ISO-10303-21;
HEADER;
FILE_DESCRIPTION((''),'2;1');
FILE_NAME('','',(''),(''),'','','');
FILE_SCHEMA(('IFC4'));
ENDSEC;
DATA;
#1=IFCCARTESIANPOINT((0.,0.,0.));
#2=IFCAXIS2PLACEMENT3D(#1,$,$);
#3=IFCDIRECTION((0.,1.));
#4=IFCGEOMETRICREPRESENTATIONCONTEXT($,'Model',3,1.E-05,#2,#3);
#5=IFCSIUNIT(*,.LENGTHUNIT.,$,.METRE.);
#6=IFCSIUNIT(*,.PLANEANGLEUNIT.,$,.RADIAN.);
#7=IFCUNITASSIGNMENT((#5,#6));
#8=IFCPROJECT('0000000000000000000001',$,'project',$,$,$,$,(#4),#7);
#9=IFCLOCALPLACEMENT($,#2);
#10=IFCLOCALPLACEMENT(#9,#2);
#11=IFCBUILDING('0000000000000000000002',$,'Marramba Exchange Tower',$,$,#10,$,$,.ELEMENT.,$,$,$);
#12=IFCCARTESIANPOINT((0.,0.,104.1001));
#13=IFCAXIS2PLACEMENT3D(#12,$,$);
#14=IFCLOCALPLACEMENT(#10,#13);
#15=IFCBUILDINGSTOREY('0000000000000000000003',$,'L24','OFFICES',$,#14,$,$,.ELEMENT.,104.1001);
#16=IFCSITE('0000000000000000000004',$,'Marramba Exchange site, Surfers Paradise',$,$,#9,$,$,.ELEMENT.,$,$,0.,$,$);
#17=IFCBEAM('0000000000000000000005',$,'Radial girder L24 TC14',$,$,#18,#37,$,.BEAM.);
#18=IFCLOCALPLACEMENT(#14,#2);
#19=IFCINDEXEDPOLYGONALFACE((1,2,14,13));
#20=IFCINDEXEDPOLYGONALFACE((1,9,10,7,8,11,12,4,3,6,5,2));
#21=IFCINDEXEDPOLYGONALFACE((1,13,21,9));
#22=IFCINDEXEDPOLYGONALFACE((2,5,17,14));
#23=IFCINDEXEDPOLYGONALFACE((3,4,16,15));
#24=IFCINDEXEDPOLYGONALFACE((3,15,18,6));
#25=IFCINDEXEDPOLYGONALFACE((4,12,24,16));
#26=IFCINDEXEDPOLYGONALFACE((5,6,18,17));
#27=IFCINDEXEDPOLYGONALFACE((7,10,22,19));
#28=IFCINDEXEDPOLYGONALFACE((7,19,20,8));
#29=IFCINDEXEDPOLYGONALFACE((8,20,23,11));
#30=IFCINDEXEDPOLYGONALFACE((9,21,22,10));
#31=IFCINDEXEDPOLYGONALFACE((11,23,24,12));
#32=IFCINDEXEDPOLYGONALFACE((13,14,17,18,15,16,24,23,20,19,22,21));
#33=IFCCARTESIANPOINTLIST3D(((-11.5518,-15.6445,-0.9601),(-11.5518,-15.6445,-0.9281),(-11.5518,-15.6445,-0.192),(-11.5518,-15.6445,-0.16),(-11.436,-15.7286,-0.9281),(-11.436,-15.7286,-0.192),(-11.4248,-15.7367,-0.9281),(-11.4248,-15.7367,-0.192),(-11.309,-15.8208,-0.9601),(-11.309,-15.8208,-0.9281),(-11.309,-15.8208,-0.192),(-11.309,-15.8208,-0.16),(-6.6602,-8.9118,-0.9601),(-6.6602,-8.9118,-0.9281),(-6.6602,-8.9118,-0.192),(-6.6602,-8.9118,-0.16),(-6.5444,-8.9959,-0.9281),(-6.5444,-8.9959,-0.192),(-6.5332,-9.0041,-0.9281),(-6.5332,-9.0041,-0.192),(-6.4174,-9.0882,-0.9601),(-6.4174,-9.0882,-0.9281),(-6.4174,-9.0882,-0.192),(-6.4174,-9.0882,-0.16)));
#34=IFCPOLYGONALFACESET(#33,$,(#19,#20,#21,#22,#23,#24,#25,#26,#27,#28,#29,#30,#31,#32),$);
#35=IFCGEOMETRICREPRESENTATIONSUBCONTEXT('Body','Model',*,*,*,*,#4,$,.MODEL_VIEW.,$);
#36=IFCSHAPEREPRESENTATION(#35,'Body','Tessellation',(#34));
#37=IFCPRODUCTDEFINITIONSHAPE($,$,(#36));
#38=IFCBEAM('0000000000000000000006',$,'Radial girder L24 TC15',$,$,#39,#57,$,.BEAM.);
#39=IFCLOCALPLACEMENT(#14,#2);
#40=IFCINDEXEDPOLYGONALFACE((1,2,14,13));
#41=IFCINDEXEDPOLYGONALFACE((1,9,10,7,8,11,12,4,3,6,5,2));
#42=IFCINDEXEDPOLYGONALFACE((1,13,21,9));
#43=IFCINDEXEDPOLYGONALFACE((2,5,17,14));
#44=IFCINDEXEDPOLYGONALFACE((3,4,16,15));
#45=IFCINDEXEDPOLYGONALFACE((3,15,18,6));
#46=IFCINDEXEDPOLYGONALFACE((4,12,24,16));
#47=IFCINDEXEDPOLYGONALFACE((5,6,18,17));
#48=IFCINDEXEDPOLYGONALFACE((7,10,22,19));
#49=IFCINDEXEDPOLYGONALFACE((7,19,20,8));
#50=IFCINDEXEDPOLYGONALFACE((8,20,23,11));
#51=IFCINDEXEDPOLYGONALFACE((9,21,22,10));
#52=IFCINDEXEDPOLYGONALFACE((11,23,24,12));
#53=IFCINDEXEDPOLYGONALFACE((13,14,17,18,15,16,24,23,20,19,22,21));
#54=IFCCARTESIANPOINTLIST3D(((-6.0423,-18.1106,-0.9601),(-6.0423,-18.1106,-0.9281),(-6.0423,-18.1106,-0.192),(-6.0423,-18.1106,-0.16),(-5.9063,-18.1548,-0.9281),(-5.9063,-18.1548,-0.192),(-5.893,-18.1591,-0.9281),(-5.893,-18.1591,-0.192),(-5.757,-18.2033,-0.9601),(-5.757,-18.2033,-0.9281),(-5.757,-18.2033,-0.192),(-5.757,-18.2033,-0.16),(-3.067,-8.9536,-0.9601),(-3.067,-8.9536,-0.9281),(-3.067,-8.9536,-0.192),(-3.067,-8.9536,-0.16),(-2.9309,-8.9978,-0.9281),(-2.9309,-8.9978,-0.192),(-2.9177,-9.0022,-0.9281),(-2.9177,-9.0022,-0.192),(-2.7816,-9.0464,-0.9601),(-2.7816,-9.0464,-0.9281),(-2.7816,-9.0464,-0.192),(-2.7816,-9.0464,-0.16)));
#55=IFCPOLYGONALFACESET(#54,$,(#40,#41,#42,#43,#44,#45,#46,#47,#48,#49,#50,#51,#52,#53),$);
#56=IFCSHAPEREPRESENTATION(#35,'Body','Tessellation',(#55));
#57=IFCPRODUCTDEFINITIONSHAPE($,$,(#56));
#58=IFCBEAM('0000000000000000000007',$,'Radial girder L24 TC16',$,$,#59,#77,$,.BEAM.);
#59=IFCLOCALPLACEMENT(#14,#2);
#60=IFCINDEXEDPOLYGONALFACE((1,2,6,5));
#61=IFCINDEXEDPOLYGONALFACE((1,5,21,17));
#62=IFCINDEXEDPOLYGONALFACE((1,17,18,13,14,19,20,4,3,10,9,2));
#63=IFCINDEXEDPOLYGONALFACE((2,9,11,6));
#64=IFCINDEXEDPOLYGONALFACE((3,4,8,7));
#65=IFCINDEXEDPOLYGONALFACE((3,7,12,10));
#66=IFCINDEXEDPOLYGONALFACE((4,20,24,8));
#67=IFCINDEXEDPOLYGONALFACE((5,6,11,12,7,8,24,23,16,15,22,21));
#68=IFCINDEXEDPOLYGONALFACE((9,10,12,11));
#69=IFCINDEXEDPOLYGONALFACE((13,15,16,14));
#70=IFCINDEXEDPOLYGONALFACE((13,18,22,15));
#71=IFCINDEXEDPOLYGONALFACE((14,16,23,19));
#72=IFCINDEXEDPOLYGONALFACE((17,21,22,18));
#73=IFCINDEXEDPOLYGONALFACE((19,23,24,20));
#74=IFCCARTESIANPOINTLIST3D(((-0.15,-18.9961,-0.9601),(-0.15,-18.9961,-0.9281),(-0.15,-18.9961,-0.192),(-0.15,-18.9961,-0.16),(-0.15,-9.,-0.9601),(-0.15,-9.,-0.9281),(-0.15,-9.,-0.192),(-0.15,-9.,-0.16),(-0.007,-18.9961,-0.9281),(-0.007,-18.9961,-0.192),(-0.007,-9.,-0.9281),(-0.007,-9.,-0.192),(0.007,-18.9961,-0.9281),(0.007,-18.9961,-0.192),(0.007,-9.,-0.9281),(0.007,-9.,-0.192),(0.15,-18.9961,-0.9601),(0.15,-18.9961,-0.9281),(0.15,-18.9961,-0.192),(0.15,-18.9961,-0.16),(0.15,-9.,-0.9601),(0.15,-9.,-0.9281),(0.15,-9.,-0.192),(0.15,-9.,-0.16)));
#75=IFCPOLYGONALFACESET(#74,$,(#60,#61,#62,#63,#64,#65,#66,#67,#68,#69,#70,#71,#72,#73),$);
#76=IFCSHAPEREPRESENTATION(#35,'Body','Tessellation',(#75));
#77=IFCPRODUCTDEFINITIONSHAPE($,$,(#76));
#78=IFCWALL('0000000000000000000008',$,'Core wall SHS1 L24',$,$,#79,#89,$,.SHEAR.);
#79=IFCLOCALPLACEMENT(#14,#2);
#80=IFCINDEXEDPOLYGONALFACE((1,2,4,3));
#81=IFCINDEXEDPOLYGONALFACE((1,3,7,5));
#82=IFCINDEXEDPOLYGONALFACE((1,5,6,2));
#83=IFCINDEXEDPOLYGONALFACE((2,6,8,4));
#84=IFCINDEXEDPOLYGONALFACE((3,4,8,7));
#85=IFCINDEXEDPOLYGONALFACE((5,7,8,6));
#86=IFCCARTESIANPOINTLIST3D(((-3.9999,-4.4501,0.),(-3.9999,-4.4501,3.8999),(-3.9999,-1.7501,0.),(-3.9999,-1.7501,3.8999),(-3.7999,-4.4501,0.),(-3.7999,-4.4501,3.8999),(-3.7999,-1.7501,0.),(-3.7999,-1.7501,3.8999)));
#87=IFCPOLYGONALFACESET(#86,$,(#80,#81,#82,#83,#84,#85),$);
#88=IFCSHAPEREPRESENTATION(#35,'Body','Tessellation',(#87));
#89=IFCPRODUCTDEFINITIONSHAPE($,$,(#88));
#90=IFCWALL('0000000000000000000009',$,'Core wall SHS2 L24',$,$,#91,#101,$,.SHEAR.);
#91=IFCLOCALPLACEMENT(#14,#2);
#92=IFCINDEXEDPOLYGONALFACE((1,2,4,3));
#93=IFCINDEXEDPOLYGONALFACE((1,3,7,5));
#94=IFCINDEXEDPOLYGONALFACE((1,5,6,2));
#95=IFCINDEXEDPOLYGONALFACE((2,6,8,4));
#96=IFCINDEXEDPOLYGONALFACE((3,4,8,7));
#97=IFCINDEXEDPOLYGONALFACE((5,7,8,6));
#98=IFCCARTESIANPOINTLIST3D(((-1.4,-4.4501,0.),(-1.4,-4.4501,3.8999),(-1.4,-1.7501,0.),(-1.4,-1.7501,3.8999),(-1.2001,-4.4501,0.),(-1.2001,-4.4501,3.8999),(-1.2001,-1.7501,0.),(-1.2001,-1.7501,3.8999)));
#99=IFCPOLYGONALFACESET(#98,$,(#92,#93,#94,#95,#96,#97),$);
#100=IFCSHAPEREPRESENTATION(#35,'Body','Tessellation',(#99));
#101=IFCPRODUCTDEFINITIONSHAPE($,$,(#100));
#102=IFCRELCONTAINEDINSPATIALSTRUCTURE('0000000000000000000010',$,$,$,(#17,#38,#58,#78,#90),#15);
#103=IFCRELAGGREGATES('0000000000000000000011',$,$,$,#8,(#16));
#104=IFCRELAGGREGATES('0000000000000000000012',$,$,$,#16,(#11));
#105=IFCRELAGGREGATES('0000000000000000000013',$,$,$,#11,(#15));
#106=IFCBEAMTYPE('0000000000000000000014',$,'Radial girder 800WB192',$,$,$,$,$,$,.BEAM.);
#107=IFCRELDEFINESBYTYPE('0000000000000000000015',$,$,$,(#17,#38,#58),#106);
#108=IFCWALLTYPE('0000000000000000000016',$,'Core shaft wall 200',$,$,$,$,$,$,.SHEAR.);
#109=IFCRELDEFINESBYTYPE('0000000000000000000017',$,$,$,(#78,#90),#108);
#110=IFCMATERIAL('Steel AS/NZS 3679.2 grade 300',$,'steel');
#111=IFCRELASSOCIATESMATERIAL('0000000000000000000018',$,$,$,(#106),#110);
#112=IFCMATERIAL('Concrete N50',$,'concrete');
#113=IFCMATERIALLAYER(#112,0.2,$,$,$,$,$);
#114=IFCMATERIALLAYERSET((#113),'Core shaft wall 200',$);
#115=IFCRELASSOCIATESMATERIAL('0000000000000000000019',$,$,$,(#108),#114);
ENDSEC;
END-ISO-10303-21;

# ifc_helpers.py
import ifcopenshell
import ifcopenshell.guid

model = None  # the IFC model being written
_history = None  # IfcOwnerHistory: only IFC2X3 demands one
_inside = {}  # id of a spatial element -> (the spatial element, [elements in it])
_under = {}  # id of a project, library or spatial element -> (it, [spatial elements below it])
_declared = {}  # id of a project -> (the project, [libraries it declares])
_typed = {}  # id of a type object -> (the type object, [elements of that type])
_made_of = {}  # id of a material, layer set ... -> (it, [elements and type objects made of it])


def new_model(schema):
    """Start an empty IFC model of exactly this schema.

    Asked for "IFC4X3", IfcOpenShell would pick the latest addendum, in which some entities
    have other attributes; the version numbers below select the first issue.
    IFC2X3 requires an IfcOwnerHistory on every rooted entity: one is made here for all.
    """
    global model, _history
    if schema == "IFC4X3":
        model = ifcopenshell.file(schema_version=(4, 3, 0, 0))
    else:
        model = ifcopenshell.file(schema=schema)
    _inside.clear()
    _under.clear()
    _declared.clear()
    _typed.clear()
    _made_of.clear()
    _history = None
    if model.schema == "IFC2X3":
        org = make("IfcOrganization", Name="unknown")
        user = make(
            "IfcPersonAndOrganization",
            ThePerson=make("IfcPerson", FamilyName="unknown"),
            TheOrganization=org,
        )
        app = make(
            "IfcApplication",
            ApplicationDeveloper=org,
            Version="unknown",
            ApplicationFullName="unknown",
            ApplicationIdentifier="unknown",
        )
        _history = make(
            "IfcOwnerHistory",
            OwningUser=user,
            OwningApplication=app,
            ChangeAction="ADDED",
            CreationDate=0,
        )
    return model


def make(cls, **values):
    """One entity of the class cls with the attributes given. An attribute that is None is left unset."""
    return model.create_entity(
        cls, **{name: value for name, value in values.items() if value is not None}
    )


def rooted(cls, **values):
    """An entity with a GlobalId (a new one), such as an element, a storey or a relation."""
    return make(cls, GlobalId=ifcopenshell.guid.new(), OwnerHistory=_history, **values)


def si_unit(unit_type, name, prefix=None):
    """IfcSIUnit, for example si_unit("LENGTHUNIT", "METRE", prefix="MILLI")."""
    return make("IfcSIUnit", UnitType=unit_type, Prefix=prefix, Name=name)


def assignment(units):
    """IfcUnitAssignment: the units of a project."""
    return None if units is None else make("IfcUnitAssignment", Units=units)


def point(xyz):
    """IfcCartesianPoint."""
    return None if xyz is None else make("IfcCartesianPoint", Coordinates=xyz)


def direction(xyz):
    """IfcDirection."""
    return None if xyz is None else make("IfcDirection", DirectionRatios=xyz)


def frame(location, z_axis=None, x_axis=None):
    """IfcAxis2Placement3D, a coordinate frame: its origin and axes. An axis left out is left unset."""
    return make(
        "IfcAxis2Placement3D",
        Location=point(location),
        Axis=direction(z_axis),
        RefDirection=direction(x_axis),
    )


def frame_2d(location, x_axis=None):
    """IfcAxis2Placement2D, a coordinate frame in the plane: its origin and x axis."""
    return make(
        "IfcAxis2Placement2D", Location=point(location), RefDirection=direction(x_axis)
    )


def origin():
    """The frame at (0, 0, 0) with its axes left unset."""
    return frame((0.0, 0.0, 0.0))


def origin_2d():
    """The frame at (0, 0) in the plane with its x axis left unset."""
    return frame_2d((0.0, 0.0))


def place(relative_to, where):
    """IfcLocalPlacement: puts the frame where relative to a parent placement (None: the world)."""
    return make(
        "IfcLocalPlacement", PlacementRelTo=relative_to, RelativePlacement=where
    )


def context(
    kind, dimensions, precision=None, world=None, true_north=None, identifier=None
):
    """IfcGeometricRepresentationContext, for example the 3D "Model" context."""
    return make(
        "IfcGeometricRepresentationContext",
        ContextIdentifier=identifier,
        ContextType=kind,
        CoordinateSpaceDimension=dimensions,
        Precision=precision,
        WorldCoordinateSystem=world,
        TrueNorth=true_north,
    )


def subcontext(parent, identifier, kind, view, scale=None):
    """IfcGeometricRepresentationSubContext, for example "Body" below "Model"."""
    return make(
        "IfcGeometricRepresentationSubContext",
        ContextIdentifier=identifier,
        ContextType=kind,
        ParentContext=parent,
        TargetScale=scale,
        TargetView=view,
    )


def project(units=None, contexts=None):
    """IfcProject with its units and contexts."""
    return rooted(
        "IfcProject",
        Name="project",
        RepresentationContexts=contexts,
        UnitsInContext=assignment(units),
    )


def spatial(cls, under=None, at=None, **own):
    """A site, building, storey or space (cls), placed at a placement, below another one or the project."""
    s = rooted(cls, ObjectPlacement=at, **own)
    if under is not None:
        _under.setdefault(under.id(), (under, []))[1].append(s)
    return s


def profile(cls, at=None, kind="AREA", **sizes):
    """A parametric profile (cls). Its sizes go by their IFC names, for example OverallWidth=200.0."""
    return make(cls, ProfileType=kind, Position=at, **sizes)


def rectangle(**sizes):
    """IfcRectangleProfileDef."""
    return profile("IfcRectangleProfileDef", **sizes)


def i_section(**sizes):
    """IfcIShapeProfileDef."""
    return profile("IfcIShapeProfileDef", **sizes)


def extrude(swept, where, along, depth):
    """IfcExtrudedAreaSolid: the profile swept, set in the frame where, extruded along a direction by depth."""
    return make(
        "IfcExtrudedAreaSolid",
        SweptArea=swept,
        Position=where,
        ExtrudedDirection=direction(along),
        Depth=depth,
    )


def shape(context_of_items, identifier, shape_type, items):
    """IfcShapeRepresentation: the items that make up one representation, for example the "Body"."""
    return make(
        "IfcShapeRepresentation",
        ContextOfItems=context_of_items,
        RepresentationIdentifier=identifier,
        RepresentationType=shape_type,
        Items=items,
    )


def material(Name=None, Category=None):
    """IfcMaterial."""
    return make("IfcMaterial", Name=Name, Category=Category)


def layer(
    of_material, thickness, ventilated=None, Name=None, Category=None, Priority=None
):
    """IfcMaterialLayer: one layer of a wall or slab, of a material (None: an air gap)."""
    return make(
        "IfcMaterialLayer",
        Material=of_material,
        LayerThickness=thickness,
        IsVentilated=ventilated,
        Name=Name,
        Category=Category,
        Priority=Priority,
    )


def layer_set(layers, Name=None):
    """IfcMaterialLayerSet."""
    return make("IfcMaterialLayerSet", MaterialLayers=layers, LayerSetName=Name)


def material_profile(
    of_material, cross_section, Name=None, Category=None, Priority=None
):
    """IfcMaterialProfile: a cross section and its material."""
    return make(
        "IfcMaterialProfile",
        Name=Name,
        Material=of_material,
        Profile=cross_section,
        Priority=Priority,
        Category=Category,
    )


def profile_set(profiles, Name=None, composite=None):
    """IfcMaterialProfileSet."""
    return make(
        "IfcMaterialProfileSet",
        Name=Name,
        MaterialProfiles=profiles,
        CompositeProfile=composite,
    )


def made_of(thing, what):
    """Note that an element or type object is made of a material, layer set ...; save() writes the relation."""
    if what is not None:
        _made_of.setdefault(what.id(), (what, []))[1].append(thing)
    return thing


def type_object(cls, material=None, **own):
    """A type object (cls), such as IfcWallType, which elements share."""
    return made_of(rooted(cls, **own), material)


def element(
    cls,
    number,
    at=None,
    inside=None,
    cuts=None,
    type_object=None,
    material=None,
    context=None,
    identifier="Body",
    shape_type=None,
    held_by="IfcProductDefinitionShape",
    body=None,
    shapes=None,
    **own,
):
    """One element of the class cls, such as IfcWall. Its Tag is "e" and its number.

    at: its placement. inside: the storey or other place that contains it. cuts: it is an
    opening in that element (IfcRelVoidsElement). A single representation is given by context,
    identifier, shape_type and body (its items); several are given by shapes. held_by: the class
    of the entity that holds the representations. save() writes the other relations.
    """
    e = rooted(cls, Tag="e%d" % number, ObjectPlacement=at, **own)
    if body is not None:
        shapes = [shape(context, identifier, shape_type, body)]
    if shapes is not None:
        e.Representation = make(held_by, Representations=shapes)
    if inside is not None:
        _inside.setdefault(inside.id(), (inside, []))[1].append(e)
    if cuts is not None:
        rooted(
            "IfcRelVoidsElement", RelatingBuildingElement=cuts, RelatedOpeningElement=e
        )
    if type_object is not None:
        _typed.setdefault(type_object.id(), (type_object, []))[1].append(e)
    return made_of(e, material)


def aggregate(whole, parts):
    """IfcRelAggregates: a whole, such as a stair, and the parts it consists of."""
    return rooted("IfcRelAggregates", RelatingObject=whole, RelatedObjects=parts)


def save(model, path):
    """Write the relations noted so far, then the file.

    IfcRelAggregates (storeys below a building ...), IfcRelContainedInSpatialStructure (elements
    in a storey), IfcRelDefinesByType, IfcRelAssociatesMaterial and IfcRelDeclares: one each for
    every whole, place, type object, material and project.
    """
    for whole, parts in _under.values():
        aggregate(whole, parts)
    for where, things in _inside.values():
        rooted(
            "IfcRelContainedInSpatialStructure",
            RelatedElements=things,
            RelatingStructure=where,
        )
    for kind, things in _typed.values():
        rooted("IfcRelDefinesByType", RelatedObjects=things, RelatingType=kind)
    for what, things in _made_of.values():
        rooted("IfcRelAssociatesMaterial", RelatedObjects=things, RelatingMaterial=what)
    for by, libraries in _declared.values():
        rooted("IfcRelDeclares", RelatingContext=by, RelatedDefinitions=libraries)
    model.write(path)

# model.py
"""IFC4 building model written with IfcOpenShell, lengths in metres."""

from ifc_helpers import new_model, si_unit, direction, frame, frame_2d, origin, origin_2d, place, context, subcontext, project, spatial, rectangle, i_section, extrude, material, layer, layer_set, material_profile, profile_set, type_object, element, save


model = new_model("IFC4")

# Units and contexts
model_context = context("Model", 3, precision=1e-05, world=origin(), true_north=direction((0.0, 1.0)))
body_context = subcontext(model_context, "Body", "Model", "MODEL_VIEW")
ifc_project = project(units=[si_unit("LENGTHUNIT", "METRE"), si_unit("PLANEANGLEUNIT", "RADIAN")], contexts=[model_context])

# Site, building, storey
site_placement = place(None, origin())
site = spatial("IfcSite", under=ifc_project, at=site_placement, Name="Marramba Exchange site, Surfers Paradise", CompositionType="ELEMENT", RefElevation=0.0)
building_placement = place(site_placement, origin())
building = spatial("IfcBuilding", under=site, at=building_placement, Name="Marramba Exchange Tower", CompositionType="ELEMENT")
storey_placement = place(building_placement, frame((0.0, 0.0, 104.1001)))
storey = spatial("IfcBuildingStorey", under=building, at=storey_placement, Name="L24", Description="OFFICES", CompositionType="ELEMENT", Elevation=104.1001)

# Beams
ifc_material_1 = material(Name="Steel AS/NZS 3679.2 grade 300", Category="steel")
ifc_material_profile = material_profile(ifc_material_1, i_section(OverallWidth=0.3, OverallDepth=0.8, WebThickness=0.0139, FlangeThickness=0.032, at=origin_2d()), Name="800WB192")
ifc_profile_set = profile_set([ifc_material_profile], Name="Steel AS/NZS 3679.2 grade 300")
beam_type = type_object("IfcBeamType", Name="Radial girder 800WB192", PredefinedType="BEAM", material=ifc_profile_set)
beam_1_placement = place(storey_placement, frame((-6.5388, -9.0, -0.5601), z_axis=(-0.587788, -0.809015, 0.0), x_axis=(0.809015, -0.587788, 0.0)))
element("IfcBeam", 1, at=beam_1_placement, inside=storey, type_object=beam_type, Name="Radial girder L24 TC14", PredefinedType="BEAM", context=body_context, shape_type="SweptSolid", body=[
    extrude(i_section(OverallWidth=0.3, OverallDepth=0.8, WebThickness=0.0139, FlangeThickness=0.032, at=origin_2d()), origin(), (0.0, 0.0, 1.0), 8.322),
])
beam_2_placement = place(storey_placement, frame((-2.9243, -9.0, -0.5601), z_axis=(-0.309022, -0.951055, 0.0), x_axis=(0.951055, -0.309022, 0.0)))
element("IfcBeam", 2, at=beam_2_placement, inside=storey, type_object=beam_type, Name="Radial girder L24 TC15", PredefinedType="BEAM", context=body_context, shape_type="SweptSolid", body=[
    extrude(i_section(OverallWidth=0.3, OverallDepth=0.8, WebThickness=0.0139, FlangeThickness=0.032, at=origin_2d()), origin(), (0.0, 0.0, 1.0), 9.6282),
])
beam_3_placement = place(storey_placement, frame((0.0, -9.0, -0.5601), z_axis=(0.0, -1.0, 0.0), x_axis=(1.0, 0.0, 0.0)))
element("IfcBeam", 3, at=beam_3_placement, inside=storey, type_object=beam_type, Name="Radial girder L24 TC16", PredefinedType="BEAM", context=body_context, shape_type="SweptSolid", body=[
    extrude(i_section(OverallWidth=0.3, OverallDepth=0.8, WebThickness=0.0139, FlangeThickness=0.032, at=origin_2d()), origin(), (0.0, 0.0, 1.0), 9.9961),
])

# Walls
ifc_material_2 = material(Name="Concrete N50", Category="concrete")
ifc_layer_1 = layer(ifc_material_2, 0.2)
ifc_layer_set_1 = layer_set([ifc_layer_1], Name="Core shaft wall 200")
wall_type_1 = type_object("IfcWallType", Name="Core shaft wall 200", PredefinedType="SHEAR", material=ifc_layer_set_1)
for number, where, z_axis, x_axis, name in (
    (4, (-3.8999, -1.75, 0.0), (0.0, 0.0, 1.0), (0.0, -1.0, 0.0), "Core wall SHS1 L24"),
    (5, (-1.3, -1.75, 0.0), (0.0, 0.0, 1.0), (0.0, -1.0, 0.0), "Core wall SHS2 L24"),
):
    element("IfcWall", number, at=place(storey_placement, frame(where, z_axis=z_axis, x_axis=x_axis)), inside=storey, type_object=wall_type_1, Name=name, PredefinedType="SHEAR", context=body_context, shape_type="SweptSolid", body=[
        extrude(rectangle(XDim=2.7, YDim=0.2, at=frame_2d((1.3501, 0.0))), origin(), (0.0, 0.0, 1.0), 3.8999),
    ])

save(model, "model.ifc")
